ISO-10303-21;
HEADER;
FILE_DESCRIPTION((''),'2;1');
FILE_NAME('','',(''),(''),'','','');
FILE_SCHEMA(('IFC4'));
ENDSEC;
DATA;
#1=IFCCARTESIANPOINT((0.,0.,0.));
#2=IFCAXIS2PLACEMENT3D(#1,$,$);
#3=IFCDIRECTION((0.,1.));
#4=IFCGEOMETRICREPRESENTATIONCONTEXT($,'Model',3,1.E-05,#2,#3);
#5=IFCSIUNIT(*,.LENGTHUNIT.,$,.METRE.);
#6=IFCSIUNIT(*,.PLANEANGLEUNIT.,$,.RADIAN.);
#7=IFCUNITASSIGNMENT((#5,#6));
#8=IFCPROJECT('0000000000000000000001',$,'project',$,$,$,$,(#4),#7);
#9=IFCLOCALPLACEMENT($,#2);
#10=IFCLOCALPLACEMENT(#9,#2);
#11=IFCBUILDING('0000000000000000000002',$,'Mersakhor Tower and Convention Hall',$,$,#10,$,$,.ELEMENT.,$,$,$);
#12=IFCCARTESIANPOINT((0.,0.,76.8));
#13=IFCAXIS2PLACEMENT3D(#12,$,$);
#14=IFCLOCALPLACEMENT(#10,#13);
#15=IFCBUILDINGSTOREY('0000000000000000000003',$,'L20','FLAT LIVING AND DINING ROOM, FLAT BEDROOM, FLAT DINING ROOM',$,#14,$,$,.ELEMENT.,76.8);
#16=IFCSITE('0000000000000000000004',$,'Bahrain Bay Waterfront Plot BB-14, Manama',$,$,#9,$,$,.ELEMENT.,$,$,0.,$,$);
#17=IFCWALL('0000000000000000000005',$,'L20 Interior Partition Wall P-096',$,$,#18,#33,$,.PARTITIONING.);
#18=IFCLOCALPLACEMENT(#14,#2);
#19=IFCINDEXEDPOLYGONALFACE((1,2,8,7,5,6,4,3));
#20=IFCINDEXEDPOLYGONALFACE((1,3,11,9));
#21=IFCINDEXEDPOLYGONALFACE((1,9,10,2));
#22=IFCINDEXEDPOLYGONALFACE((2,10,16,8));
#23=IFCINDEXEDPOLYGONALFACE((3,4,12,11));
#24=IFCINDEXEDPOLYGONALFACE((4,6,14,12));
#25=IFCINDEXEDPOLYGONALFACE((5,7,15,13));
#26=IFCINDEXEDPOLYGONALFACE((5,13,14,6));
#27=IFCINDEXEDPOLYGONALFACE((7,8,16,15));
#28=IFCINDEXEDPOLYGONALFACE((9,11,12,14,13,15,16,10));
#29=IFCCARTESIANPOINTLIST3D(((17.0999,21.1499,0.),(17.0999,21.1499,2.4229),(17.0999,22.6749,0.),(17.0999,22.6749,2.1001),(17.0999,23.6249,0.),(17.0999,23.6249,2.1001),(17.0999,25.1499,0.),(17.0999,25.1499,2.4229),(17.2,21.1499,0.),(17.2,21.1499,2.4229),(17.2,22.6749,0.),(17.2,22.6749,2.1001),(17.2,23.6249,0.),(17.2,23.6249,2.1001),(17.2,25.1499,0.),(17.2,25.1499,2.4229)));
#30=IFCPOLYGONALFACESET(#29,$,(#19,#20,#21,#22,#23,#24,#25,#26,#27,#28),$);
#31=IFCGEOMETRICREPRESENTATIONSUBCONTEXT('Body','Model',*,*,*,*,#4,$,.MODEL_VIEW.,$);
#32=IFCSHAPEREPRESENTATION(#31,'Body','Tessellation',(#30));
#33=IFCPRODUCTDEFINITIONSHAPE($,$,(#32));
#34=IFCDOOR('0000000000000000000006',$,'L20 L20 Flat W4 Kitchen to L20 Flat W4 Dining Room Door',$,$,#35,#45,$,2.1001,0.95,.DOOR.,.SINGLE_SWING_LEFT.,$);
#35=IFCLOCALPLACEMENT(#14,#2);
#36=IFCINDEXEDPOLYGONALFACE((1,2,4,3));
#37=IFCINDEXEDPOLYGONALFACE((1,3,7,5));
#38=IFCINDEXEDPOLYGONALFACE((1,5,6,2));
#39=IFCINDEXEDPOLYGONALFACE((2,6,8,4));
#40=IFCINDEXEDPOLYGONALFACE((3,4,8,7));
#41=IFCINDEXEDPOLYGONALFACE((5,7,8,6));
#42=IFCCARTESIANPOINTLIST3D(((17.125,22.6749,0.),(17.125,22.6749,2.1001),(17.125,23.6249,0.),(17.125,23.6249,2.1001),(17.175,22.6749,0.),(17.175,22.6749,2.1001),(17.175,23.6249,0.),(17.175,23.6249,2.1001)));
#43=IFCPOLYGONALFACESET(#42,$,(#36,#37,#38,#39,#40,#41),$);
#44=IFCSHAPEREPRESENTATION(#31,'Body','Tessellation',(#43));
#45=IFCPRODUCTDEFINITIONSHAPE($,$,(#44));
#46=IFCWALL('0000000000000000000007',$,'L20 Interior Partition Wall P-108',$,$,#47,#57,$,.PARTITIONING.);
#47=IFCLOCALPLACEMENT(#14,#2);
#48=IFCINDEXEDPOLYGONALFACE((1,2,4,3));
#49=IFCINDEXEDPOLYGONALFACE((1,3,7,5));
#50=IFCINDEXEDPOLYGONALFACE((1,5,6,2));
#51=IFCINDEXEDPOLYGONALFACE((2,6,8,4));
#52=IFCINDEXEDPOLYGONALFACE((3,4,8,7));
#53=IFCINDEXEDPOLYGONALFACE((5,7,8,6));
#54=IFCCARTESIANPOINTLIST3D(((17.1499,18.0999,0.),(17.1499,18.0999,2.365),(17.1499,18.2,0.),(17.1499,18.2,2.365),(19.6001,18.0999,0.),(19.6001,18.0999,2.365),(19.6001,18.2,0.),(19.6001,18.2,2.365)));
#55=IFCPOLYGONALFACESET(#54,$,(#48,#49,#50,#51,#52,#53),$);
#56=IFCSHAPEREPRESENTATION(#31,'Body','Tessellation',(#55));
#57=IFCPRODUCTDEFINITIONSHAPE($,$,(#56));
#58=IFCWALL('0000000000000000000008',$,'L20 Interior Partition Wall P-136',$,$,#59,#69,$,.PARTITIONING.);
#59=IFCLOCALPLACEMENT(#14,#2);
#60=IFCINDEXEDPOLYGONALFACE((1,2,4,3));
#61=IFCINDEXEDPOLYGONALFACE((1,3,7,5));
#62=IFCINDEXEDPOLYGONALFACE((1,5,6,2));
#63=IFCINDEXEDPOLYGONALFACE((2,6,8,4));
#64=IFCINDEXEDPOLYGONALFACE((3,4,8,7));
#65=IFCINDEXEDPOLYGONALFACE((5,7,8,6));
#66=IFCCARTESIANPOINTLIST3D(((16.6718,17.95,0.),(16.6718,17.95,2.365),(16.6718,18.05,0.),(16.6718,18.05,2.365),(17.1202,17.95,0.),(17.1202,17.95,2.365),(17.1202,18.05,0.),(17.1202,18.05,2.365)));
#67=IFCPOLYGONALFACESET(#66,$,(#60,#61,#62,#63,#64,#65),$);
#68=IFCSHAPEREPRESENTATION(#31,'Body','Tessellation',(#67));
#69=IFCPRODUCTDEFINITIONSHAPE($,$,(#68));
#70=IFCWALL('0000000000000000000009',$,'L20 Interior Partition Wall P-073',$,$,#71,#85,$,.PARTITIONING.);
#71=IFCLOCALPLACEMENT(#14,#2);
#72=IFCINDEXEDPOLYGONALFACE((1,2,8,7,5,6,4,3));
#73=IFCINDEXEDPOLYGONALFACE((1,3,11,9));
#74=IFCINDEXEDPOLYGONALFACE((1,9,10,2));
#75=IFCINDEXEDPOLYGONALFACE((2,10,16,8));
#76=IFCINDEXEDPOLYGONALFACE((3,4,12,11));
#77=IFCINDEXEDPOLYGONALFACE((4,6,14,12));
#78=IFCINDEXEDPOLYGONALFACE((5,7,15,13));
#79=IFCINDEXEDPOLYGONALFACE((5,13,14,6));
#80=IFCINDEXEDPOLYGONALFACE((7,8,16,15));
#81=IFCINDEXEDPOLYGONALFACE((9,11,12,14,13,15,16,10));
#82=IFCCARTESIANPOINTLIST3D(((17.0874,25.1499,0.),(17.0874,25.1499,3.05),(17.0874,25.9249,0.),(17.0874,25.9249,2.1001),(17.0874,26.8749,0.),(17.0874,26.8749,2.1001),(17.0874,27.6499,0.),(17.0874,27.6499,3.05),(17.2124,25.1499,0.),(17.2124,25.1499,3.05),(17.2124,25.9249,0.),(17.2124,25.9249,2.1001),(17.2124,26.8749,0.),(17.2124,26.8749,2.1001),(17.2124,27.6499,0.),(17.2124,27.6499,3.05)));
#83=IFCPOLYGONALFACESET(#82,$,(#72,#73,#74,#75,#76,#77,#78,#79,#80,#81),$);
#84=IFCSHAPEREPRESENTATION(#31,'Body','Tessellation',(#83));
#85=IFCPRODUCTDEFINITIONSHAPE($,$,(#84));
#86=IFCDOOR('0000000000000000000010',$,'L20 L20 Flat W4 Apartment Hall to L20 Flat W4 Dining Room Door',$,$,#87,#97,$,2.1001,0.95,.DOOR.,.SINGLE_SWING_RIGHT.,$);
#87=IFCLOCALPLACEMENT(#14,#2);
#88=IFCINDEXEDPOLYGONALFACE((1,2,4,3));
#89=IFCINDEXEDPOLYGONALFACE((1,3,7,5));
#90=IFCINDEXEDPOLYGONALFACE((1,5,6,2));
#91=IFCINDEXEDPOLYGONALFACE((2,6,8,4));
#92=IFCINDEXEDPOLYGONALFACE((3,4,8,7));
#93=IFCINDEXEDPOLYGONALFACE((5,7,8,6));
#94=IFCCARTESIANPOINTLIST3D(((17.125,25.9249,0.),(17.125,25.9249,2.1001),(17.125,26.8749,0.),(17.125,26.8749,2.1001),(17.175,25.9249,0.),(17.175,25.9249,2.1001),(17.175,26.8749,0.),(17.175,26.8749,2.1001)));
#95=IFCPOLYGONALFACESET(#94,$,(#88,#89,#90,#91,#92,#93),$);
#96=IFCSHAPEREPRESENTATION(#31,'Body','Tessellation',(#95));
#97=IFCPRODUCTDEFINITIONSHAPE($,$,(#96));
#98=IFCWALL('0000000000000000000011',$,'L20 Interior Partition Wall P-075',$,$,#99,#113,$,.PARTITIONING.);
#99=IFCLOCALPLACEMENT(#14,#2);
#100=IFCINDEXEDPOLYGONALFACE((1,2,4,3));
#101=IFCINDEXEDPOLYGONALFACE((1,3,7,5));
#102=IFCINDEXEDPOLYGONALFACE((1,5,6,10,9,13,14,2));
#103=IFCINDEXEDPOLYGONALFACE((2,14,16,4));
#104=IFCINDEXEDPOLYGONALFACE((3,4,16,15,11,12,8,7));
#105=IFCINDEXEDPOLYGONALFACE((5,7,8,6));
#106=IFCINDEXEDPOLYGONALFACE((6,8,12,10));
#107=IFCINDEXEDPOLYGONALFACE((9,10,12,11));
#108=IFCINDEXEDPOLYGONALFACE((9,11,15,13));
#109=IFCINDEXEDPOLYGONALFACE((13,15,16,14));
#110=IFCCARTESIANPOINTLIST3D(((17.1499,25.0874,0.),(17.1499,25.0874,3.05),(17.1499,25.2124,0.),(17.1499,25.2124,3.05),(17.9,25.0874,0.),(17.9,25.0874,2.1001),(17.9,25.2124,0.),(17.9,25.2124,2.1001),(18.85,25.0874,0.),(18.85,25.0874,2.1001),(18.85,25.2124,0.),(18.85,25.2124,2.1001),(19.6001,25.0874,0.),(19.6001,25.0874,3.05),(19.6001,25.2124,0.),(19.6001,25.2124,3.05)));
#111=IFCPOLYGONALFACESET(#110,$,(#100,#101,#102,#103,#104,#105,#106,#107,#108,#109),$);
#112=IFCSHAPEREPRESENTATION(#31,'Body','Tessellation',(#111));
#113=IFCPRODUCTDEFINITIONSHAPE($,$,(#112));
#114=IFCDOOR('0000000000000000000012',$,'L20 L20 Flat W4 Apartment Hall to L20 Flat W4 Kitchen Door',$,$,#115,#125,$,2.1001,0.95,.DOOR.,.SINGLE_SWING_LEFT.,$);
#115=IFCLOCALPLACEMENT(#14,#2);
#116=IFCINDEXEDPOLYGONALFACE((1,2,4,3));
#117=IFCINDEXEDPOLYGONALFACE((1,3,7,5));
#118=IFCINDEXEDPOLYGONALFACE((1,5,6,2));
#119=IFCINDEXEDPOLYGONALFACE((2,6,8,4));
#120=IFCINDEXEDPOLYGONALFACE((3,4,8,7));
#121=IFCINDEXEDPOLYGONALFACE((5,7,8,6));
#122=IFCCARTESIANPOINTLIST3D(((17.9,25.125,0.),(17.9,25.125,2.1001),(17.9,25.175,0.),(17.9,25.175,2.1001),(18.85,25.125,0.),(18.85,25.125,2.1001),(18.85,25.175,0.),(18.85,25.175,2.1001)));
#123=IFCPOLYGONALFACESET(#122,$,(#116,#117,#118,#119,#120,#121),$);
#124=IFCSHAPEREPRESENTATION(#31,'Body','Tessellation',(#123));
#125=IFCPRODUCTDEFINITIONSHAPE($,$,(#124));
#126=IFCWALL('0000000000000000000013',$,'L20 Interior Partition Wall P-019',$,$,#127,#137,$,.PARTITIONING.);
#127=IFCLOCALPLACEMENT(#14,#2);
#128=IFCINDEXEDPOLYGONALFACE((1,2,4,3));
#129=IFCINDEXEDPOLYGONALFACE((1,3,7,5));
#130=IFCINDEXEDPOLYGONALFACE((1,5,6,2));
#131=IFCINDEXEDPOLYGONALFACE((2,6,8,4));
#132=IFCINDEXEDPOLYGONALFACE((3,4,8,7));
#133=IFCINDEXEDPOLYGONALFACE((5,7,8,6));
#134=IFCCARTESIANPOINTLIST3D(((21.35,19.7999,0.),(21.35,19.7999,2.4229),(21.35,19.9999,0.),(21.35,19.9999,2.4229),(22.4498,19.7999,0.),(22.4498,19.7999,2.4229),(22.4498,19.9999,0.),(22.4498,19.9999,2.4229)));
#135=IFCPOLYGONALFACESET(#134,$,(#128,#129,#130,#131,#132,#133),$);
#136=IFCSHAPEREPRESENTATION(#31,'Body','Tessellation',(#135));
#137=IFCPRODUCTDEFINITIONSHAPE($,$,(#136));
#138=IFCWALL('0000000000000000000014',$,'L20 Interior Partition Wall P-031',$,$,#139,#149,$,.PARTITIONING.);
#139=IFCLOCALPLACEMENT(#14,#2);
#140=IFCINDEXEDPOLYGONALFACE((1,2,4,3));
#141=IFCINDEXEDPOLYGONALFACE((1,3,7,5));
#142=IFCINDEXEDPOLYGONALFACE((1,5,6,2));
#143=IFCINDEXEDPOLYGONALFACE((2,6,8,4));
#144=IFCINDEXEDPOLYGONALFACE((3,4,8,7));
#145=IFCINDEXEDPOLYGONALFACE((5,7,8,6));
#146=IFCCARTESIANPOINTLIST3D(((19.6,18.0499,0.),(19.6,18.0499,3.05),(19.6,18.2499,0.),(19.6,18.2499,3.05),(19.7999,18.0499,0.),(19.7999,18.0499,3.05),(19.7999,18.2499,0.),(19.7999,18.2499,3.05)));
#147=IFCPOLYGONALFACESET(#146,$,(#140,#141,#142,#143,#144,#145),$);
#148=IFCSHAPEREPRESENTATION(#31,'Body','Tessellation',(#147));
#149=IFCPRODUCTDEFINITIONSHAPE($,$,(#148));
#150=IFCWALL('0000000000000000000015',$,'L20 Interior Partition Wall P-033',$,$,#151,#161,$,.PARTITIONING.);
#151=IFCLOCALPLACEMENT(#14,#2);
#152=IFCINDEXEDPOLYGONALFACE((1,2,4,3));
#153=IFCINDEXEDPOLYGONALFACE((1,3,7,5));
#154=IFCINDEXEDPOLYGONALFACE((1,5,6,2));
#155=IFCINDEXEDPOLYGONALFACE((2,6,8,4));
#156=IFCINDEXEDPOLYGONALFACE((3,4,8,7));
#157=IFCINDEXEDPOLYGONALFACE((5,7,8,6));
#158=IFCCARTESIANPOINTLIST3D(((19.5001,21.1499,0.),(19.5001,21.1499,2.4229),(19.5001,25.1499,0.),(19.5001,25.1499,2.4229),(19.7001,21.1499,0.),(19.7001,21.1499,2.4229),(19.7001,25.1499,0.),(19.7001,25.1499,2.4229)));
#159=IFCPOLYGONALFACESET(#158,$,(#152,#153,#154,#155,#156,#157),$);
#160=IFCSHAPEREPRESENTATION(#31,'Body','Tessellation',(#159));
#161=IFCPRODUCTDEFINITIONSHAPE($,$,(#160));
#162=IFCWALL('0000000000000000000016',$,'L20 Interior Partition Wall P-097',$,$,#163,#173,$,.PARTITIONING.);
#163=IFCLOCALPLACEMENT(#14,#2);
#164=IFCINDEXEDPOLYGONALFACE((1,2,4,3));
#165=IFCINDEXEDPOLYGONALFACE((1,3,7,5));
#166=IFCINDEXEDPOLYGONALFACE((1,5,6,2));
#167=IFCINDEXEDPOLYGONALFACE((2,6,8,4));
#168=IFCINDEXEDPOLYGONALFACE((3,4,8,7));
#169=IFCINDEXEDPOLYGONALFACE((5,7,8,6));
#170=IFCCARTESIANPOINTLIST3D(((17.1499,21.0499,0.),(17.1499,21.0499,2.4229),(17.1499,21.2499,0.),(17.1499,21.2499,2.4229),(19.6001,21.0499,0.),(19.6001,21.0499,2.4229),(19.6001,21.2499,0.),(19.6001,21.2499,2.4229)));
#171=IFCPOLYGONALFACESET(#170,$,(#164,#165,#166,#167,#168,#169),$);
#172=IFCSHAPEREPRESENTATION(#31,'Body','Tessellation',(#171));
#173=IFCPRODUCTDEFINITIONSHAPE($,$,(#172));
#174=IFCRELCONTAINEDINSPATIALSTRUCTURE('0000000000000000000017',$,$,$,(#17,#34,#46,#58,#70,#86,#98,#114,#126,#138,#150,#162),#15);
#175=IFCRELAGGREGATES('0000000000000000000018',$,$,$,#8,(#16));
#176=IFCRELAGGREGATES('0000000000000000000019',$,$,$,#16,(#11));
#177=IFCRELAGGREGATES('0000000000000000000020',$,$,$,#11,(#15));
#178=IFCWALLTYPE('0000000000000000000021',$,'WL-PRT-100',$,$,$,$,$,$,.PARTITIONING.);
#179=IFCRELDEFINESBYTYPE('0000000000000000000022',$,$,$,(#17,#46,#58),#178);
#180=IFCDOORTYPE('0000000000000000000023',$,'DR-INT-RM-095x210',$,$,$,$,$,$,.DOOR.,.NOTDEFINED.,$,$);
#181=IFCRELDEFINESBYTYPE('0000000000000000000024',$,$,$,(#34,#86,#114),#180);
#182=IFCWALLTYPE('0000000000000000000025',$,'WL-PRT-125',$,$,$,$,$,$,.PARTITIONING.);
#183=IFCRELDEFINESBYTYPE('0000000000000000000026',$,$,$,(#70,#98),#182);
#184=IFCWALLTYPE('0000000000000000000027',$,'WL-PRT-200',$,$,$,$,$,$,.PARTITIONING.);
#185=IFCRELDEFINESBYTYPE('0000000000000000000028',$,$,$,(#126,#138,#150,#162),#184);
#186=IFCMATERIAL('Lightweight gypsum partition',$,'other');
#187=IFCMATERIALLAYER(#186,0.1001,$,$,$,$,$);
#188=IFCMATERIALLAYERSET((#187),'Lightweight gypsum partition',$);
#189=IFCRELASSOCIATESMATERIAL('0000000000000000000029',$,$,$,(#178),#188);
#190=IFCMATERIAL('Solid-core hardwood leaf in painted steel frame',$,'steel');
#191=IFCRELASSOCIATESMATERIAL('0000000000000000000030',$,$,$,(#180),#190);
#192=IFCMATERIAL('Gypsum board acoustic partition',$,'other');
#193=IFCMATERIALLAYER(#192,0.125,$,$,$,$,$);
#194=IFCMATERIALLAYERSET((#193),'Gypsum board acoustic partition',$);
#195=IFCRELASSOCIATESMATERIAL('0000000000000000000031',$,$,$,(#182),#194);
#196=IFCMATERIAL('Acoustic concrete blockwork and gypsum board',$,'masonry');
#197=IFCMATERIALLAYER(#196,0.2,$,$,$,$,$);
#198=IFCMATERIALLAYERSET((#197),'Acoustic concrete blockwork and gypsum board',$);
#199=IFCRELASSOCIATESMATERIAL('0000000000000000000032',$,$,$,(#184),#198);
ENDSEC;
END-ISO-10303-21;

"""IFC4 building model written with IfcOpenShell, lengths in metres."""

from ifc_helpers import new_model, si_unit, direction, frame, frame_2d, origin, place, context, subcontext, project, spatial, rectangle, extrude, material, layer, layer_set, type_object, element, fill, save


model = new_model("IFC4")

# Units and contexts
model_context = context("Model", 3, precision=1e-05, world=origin(), true_north=direction((0.0, 1.0)))
body_context = subcontext(model_context, "Body", "Model", "MODEL_VIEW")
ifc_project = project(units=[si_unit("LENGTHUNIT", "METRE"), si_unit("PLANEANGLEUNIT", "RADIAN")], contexts=[model_context])

# Site, building, storey
site_placement = place(None, origin())
site = spatial("IfcSite", under=ifc_project, at=site_placement, Name="Bahrain Bay Waterfront Plot BB-14, Manama", CompositionType="ELEMENT", RefElevation=0.0)
building_placement = place(site_placement, origin())
building = spatial("IfcBuilding", under=site, at=building_placement, Name="Mersakhor Tower and Convention Hall", CompositionType="ELEMENT")
storey_placement = place(building_placement, frame((0.0, 0.0, 76.8)))
storey = spatial("IfcBuildingStorey", under=building, at=storey_placement, Name="L20", Description="FLAT LIVING AND DINING ROOM, FLAT BEDROOM, FLAT DINING ROOM", CompositionType="ELEMENT", Elevation=76.8)

# Wall, opening, door
ifc_material_1 = material(Name="Lightweight gypsum partition", Category="other")
ifc_layer_1 = layer(ifc_material_1, 0.1001)
ifc_layer_set_1 = layer_set([ifc_layer_1], Name="Lightweight gypsum partition")
wall_type_1 = type_object("IfcWallType", Name="WL-PRT-100", PredefinedType="PARTITIONING", material=ifc_layer_set_1)
wall_1_placement = place(storey_placement, frame((17.1499, 21.1499, 0.0), z_axis=(0.0, 0.0, 1.0), x_axis=(0.0, 1.0, 0.0)))
wall_1 = element("IfcWall", 1, at=wall_1_placement, inside=storey, type_object=wall_type_1, Name="L20 Interior Partition Wall P-096", PredefinedType="PARTITIONING", context=body_context, shape_type="SweptSolid", body=[
    extrude(rectangle(XDim=4.0, YDim=0.1001, at=frame_2d((2.0, 0.0))), origin(), (0.0, 0.0, 1.0), 2.4229),
])
opening_1_placement = place(wall_1_placement, frame((1.5249, 0.0, 0.0)))
opening_1 = element("IfcOpeningElement", 2, at=opening_1_placement, cuts=wall_1, PredefinedType="OPENING", context=body_context, shape_type="SweptSolid", body=[
    extrude(rectangle(XDim=0.95, YDim=2.1001, at=frame_2d((0.4751, 1.05))), frame((0.0, 0.0601, 0.0), z_axis=(0.0, -1.0, 0.0), x_axis=(1.0, 0.0, 0.0)), (0.0, 0.0, 1.0), 0.1201),
])
ifc_material_2 = material(Name="Solid-core hardwood leaf in painted steel frame", Category="steel")
door_type_1 = type_object("IfcDoorType", Name="DR-INT-RM-095x210", OperationType="NOTDEFINED", PredefinedType="DOOR", material=ifc_material_2)
door_1_placement = place(opening_1_placement, origin())
door_1 = element("IfcDoor", 3, at=door_1_placement, inside=storey, type_object=door_type_1, Name="L20 L20 Flat W4 Kitchen to L20 Flat W4 Dining Room Door", OperationType="SINGLE_SWING_LEFT", OverallHeight=2.1001, OverallWidth=0.95, PredefinedType="DOOR", context=body_context, shape_type="SweptSolid", body=[
    extrude(rectangle(XDim=0.95, YDim=2.1001, at=frame_2d((0.4751, 1.05))), frame((0.0, 0.0249, 0.0), z_axis=(0.0, -1.0, 0.0), x_axis=(1.0, 0.0, 0.0)), (0.0, 0.0, 1.0), 0.05),
])
fill(opening_1, door_1)

# Walls
wall_2_placement = place(storey_placement, frame((19.6001, 18.1499, 0.0), z_axis=(0.0, 0.0, 1.0), x_axis=(-1.0, 0.0, 0.0)))
element("IfcWall", 4, at=wall_2_placement, inside=storey, type_object=wall_type_1, Name="L20 Interior Partition Wall P-108", PredefinedType="PARTITIONING", context=body_context, shape_type="SweptSolid", body=[
    extrude(rectangle(XDim=2.4502, YDim=0.1001, at=frame_2d((1.2251, 0.0))), origin(), (0.0, 0.0, 1.0), 2.365),
])
wall_3_placement = place(storey_placement, frame((17.1201, 18.0, 0.0), z_axis=(0.0, 0.0, 1.0), x_axis=(-1.0, 0.0, 0.0)))
element("IfcWall", 5, at=wall_3_placement, inside=storey, type_object=wall_type_1, Name="L20 Interior Partition Wall P-136", PredefinedType="PARTITIONING", context=body_context, shape_type="SweptSolid", body=[
    extrude(rectangle(XDim=0.4485, YDim=0.1001, at=frame_2d((0.2241, 0.0))), origin(), (0.0, 0.0, 1.0), 2.365),
])

# Walls, openings, doors
ifc_material_3 = material(Name="Gypsum board acoustic partition", Category="other")
ifc_layer_2 = layer(ifc_material_3, 0.125)
ifc_layer_set_2 = layer_set([ifc_layer_2], Name="Gypsum board acoustic partition")
wall_type_2 = type_object("IfcWallType", Name="WL-PRT-125", PredefinedType="PARTITIONING", material=ifc_layer_set_2)
wall_4_placement = place(storey_placement, frame((17.1499, 25.1499, 0.0), z_axis=(0.0, 0.0, 1.0), x_axis=(0.0, 1.0, 0.0)))
wall_4 = element("IfcWall", 6, at=wall_4_placement, inside=storey, type_object=wall_type_2, Name="L20 Interior Partition Wall P-073", PredefinedType="PARTITIONING", context=body_context, shape_type="SweptSolid", body=[
    extrude(rectangle(XDim=2.5, YDim=0.125, at=frame_2d((1.25, 0.0))), origin(), (0.0, 0.0, 1.0), 3.05),
])
opening_2_placement = place(wall_4_placement, frame((0.7749, 0.0, 0.0)))
opening_2 = element("IfcOpeningElement", 7, at=opening_2_placement, cuts=wall_4, PredefinedType="OPENING", context=body_context, shape_type="SweptSolid", body=[
    extrude(rectangle(XDim=0.95, YDim=2.1001, at=frame_2d((0.4751, 1.05))), frame((0.0, 0.0725, 0.0), z_axis=(0.0, -1.0, 0.0), x_axis=(1.0, 0.0, 0.0)), (0.0, 0.0, 1.0), 0.145),
])
door_2_placement = place(opening_2_placement, origin())
door_2 = element("IfcDoor", 8, at=door_2_placement, inside=storey, type_object=door_type_1, Name="L20 L20 Flat W4 Apartment Hall to L20 Flat W4 Dining Room Door", OperationType="SINGLE_SWING_RIGHT", OverallHeight=2.1001, OverallWidth=0.95, PredefinedType="DOOR", context=body_context, shape_type="SweptSolid", body=[
    extrude(rectangle(XDim=0.95, YDim=2.1001, at=frame_2d((0.4751, 1.05))), frame((0.0, 0.0249, 0.0), z_axis=(0.0, -1.0, 0.0), x_axis=(1.0, 0.0, 0.0)), (0.0, 0.0, 1.0), 0.05),
])
fill(opening_2, door_2)
wall_5_placement = place(storey_placement, frame((19.6001, 25.1499, 0.0), z_axis=(0.0, 0.0, 1.0), x_axis=(-1.0, 0.0, 0.0)))
wall_5 = element("IfcWall", 9, at=wall_5_placement, inside=storey, type_object=wall_type_2, Name="L20 Interior Partition Wall P-075", PredefinedType="PARTITIONING", context=body_context, shape_type="SweptSolid", body=[
    extrude(rectangle(XDim=2.4502, YDim=0.125, at=frame_2d((1.2251, 0.0))), origin(), (0.0, 0.0, 1.0), 3.05),
])
opening_3_placement = place(wall_5_placement, frame((0.75, 0.0, 0.0)))
opening_3 = element("IfcOpeningElement", 10, at=opening_3_placement, cuts=wall_5, PredefinedType="OPENING", context=body_context, shape_type="SweptSolid", body=[
    extrude(rectangle(XDim=0.95, YDim=2.1001, at=frame_2d((0.4751, 1.05))), frame((0.0, 0.0725, 0.0), z_axis=(0.0, -1.0, 0.0), x_axis=(1.0, 0.0, 0.0)), (0.0, 0.0, 1.0), 0.145),
])
door_3_placement = place(opening_3_placement, origin())
door_3 = element("IfcDoor", 11, at=door_3_placement, inside=storey, type_object=door_type_1, Name="L20 L20 Flat W4 Apartment Hall to L20 Flat W4 Kitchen Door", OperationType="SINGLE_SWING_LEFT", OverallHeight=2.1001, OverallWidth=0.95, PredefinedType="DOOR", context=body_context, shape_type="SweptSolid", body=[
    extrude(rectangle(XDim=0.95, YDim=2.1001, at=frame_2d((0.4751, 1.05))), frame((0.0, 0.0249, 0.0), z_axis=(0.0, -1.0, 0.0), x_axis=(1.0, 0.0, 0.0)), (0.0, 0.0, 1.0), 0.05),
])
fill(opening_3, door_3)

# Walls
ifc_material_4 = material(Name="Acoustic concrete blockwork and gypsum board", Category="masonry")
ifc_layer_3 = layer(ifc_material_4, 0.2)
ifc_layer_set_3 = layer_set([ifc_layer_3], Name="Acoustic concrete blockwork and gypsum board")
wall_type_3 = type_object("IfcWallType", Name="WL-PRT-200", PredefinedType="PARTITIONING", material=ifc_layer_set_3)
wall_6_placement = place(storey_placement, frame((21.3501, 19.8999, 0.0), z_axis=(0.0, 0.0, 1.0), x_axis=(1.0, 0.0, 0.0)))
element("IfcWall", 12, at=wall_6_placement, inside=storey, type_object=wall_type_3, Name="L20 Interior Partition Wall P-019", PredefinedType="PARTITIONING", context=body_context, shape_type="SweptSolid", body=[
    extrude(rectangle(XDim=1.0999, YDim=0.2, at=frame_2d((0.5498, 0.0))), origin(), (0.0, 0.0, 1.0), 2.4229),
])
wall_7_placement = place(storey_placement, frame((19.8, 18.1499, 0.0), z_axis=(0.0, 0.0, 1.0), x_axis=(-1.0, 0.0, 0.0)))
element("IfcWall", 13, at=wall_7_placement, inside=storey, type_object=wall_type_3, Name="L20 Interior Partition Wall P-031", PredefinedType="PARTITIONING", context=body_context, shape_type="SweptSolid", body=[
    extrude(rectangle(XDim=0.2, YDim=0.2, at=frame_2d((0.1001, 0.0))), origin(), (0.0, 0.0, 1.0), 3.05),
])

# Wall
wall_8_placement = place(storey_placement, frame((19.6001, 21.1499, 0.0), z_axis=(0.0, 0.0, 1.0), x_axis=(0.0, 1.0, 0.0)))
element("IfcWall", 14, at=wall_8_placement, inside=storey, type_object=wall_type_3, Name="L20 Interior Partition Wall P-033", PredefinedType="PARTITIONING", context=body_context, shape_type="SweptSolid", body=[
    extrude(rectangle(XDim=4.0, YDim=0.2, at=frame_2d((2.0, 0.0))), origin(), (0.0, 0.0, 1.0), 2.4229),
])

# Wall
wall_9_placement = place(storey_placement, frame((19.6001, 21.1499, 0.0), z_axis=(0.0, 0.0, 1.0), x_axis=(-1.0, 0.0, 0.0)))
element("IfcWall", 15, at=wall_9_placement, inside=storey, type_object=wall_type_3, Name="L20 Interior Partition Wall P-097", PredefinedType="PARTITIONING", context=body_context, shape_type="SweptSolid", body=[
    extrude(rectangle(XDim=2.4502, YDim=0.2, at=frame_2d((1.2251, 0.0))), origin(), (0.0, 0.0, 1.0), 2.4229),
])

save(model, "model.ifc")
